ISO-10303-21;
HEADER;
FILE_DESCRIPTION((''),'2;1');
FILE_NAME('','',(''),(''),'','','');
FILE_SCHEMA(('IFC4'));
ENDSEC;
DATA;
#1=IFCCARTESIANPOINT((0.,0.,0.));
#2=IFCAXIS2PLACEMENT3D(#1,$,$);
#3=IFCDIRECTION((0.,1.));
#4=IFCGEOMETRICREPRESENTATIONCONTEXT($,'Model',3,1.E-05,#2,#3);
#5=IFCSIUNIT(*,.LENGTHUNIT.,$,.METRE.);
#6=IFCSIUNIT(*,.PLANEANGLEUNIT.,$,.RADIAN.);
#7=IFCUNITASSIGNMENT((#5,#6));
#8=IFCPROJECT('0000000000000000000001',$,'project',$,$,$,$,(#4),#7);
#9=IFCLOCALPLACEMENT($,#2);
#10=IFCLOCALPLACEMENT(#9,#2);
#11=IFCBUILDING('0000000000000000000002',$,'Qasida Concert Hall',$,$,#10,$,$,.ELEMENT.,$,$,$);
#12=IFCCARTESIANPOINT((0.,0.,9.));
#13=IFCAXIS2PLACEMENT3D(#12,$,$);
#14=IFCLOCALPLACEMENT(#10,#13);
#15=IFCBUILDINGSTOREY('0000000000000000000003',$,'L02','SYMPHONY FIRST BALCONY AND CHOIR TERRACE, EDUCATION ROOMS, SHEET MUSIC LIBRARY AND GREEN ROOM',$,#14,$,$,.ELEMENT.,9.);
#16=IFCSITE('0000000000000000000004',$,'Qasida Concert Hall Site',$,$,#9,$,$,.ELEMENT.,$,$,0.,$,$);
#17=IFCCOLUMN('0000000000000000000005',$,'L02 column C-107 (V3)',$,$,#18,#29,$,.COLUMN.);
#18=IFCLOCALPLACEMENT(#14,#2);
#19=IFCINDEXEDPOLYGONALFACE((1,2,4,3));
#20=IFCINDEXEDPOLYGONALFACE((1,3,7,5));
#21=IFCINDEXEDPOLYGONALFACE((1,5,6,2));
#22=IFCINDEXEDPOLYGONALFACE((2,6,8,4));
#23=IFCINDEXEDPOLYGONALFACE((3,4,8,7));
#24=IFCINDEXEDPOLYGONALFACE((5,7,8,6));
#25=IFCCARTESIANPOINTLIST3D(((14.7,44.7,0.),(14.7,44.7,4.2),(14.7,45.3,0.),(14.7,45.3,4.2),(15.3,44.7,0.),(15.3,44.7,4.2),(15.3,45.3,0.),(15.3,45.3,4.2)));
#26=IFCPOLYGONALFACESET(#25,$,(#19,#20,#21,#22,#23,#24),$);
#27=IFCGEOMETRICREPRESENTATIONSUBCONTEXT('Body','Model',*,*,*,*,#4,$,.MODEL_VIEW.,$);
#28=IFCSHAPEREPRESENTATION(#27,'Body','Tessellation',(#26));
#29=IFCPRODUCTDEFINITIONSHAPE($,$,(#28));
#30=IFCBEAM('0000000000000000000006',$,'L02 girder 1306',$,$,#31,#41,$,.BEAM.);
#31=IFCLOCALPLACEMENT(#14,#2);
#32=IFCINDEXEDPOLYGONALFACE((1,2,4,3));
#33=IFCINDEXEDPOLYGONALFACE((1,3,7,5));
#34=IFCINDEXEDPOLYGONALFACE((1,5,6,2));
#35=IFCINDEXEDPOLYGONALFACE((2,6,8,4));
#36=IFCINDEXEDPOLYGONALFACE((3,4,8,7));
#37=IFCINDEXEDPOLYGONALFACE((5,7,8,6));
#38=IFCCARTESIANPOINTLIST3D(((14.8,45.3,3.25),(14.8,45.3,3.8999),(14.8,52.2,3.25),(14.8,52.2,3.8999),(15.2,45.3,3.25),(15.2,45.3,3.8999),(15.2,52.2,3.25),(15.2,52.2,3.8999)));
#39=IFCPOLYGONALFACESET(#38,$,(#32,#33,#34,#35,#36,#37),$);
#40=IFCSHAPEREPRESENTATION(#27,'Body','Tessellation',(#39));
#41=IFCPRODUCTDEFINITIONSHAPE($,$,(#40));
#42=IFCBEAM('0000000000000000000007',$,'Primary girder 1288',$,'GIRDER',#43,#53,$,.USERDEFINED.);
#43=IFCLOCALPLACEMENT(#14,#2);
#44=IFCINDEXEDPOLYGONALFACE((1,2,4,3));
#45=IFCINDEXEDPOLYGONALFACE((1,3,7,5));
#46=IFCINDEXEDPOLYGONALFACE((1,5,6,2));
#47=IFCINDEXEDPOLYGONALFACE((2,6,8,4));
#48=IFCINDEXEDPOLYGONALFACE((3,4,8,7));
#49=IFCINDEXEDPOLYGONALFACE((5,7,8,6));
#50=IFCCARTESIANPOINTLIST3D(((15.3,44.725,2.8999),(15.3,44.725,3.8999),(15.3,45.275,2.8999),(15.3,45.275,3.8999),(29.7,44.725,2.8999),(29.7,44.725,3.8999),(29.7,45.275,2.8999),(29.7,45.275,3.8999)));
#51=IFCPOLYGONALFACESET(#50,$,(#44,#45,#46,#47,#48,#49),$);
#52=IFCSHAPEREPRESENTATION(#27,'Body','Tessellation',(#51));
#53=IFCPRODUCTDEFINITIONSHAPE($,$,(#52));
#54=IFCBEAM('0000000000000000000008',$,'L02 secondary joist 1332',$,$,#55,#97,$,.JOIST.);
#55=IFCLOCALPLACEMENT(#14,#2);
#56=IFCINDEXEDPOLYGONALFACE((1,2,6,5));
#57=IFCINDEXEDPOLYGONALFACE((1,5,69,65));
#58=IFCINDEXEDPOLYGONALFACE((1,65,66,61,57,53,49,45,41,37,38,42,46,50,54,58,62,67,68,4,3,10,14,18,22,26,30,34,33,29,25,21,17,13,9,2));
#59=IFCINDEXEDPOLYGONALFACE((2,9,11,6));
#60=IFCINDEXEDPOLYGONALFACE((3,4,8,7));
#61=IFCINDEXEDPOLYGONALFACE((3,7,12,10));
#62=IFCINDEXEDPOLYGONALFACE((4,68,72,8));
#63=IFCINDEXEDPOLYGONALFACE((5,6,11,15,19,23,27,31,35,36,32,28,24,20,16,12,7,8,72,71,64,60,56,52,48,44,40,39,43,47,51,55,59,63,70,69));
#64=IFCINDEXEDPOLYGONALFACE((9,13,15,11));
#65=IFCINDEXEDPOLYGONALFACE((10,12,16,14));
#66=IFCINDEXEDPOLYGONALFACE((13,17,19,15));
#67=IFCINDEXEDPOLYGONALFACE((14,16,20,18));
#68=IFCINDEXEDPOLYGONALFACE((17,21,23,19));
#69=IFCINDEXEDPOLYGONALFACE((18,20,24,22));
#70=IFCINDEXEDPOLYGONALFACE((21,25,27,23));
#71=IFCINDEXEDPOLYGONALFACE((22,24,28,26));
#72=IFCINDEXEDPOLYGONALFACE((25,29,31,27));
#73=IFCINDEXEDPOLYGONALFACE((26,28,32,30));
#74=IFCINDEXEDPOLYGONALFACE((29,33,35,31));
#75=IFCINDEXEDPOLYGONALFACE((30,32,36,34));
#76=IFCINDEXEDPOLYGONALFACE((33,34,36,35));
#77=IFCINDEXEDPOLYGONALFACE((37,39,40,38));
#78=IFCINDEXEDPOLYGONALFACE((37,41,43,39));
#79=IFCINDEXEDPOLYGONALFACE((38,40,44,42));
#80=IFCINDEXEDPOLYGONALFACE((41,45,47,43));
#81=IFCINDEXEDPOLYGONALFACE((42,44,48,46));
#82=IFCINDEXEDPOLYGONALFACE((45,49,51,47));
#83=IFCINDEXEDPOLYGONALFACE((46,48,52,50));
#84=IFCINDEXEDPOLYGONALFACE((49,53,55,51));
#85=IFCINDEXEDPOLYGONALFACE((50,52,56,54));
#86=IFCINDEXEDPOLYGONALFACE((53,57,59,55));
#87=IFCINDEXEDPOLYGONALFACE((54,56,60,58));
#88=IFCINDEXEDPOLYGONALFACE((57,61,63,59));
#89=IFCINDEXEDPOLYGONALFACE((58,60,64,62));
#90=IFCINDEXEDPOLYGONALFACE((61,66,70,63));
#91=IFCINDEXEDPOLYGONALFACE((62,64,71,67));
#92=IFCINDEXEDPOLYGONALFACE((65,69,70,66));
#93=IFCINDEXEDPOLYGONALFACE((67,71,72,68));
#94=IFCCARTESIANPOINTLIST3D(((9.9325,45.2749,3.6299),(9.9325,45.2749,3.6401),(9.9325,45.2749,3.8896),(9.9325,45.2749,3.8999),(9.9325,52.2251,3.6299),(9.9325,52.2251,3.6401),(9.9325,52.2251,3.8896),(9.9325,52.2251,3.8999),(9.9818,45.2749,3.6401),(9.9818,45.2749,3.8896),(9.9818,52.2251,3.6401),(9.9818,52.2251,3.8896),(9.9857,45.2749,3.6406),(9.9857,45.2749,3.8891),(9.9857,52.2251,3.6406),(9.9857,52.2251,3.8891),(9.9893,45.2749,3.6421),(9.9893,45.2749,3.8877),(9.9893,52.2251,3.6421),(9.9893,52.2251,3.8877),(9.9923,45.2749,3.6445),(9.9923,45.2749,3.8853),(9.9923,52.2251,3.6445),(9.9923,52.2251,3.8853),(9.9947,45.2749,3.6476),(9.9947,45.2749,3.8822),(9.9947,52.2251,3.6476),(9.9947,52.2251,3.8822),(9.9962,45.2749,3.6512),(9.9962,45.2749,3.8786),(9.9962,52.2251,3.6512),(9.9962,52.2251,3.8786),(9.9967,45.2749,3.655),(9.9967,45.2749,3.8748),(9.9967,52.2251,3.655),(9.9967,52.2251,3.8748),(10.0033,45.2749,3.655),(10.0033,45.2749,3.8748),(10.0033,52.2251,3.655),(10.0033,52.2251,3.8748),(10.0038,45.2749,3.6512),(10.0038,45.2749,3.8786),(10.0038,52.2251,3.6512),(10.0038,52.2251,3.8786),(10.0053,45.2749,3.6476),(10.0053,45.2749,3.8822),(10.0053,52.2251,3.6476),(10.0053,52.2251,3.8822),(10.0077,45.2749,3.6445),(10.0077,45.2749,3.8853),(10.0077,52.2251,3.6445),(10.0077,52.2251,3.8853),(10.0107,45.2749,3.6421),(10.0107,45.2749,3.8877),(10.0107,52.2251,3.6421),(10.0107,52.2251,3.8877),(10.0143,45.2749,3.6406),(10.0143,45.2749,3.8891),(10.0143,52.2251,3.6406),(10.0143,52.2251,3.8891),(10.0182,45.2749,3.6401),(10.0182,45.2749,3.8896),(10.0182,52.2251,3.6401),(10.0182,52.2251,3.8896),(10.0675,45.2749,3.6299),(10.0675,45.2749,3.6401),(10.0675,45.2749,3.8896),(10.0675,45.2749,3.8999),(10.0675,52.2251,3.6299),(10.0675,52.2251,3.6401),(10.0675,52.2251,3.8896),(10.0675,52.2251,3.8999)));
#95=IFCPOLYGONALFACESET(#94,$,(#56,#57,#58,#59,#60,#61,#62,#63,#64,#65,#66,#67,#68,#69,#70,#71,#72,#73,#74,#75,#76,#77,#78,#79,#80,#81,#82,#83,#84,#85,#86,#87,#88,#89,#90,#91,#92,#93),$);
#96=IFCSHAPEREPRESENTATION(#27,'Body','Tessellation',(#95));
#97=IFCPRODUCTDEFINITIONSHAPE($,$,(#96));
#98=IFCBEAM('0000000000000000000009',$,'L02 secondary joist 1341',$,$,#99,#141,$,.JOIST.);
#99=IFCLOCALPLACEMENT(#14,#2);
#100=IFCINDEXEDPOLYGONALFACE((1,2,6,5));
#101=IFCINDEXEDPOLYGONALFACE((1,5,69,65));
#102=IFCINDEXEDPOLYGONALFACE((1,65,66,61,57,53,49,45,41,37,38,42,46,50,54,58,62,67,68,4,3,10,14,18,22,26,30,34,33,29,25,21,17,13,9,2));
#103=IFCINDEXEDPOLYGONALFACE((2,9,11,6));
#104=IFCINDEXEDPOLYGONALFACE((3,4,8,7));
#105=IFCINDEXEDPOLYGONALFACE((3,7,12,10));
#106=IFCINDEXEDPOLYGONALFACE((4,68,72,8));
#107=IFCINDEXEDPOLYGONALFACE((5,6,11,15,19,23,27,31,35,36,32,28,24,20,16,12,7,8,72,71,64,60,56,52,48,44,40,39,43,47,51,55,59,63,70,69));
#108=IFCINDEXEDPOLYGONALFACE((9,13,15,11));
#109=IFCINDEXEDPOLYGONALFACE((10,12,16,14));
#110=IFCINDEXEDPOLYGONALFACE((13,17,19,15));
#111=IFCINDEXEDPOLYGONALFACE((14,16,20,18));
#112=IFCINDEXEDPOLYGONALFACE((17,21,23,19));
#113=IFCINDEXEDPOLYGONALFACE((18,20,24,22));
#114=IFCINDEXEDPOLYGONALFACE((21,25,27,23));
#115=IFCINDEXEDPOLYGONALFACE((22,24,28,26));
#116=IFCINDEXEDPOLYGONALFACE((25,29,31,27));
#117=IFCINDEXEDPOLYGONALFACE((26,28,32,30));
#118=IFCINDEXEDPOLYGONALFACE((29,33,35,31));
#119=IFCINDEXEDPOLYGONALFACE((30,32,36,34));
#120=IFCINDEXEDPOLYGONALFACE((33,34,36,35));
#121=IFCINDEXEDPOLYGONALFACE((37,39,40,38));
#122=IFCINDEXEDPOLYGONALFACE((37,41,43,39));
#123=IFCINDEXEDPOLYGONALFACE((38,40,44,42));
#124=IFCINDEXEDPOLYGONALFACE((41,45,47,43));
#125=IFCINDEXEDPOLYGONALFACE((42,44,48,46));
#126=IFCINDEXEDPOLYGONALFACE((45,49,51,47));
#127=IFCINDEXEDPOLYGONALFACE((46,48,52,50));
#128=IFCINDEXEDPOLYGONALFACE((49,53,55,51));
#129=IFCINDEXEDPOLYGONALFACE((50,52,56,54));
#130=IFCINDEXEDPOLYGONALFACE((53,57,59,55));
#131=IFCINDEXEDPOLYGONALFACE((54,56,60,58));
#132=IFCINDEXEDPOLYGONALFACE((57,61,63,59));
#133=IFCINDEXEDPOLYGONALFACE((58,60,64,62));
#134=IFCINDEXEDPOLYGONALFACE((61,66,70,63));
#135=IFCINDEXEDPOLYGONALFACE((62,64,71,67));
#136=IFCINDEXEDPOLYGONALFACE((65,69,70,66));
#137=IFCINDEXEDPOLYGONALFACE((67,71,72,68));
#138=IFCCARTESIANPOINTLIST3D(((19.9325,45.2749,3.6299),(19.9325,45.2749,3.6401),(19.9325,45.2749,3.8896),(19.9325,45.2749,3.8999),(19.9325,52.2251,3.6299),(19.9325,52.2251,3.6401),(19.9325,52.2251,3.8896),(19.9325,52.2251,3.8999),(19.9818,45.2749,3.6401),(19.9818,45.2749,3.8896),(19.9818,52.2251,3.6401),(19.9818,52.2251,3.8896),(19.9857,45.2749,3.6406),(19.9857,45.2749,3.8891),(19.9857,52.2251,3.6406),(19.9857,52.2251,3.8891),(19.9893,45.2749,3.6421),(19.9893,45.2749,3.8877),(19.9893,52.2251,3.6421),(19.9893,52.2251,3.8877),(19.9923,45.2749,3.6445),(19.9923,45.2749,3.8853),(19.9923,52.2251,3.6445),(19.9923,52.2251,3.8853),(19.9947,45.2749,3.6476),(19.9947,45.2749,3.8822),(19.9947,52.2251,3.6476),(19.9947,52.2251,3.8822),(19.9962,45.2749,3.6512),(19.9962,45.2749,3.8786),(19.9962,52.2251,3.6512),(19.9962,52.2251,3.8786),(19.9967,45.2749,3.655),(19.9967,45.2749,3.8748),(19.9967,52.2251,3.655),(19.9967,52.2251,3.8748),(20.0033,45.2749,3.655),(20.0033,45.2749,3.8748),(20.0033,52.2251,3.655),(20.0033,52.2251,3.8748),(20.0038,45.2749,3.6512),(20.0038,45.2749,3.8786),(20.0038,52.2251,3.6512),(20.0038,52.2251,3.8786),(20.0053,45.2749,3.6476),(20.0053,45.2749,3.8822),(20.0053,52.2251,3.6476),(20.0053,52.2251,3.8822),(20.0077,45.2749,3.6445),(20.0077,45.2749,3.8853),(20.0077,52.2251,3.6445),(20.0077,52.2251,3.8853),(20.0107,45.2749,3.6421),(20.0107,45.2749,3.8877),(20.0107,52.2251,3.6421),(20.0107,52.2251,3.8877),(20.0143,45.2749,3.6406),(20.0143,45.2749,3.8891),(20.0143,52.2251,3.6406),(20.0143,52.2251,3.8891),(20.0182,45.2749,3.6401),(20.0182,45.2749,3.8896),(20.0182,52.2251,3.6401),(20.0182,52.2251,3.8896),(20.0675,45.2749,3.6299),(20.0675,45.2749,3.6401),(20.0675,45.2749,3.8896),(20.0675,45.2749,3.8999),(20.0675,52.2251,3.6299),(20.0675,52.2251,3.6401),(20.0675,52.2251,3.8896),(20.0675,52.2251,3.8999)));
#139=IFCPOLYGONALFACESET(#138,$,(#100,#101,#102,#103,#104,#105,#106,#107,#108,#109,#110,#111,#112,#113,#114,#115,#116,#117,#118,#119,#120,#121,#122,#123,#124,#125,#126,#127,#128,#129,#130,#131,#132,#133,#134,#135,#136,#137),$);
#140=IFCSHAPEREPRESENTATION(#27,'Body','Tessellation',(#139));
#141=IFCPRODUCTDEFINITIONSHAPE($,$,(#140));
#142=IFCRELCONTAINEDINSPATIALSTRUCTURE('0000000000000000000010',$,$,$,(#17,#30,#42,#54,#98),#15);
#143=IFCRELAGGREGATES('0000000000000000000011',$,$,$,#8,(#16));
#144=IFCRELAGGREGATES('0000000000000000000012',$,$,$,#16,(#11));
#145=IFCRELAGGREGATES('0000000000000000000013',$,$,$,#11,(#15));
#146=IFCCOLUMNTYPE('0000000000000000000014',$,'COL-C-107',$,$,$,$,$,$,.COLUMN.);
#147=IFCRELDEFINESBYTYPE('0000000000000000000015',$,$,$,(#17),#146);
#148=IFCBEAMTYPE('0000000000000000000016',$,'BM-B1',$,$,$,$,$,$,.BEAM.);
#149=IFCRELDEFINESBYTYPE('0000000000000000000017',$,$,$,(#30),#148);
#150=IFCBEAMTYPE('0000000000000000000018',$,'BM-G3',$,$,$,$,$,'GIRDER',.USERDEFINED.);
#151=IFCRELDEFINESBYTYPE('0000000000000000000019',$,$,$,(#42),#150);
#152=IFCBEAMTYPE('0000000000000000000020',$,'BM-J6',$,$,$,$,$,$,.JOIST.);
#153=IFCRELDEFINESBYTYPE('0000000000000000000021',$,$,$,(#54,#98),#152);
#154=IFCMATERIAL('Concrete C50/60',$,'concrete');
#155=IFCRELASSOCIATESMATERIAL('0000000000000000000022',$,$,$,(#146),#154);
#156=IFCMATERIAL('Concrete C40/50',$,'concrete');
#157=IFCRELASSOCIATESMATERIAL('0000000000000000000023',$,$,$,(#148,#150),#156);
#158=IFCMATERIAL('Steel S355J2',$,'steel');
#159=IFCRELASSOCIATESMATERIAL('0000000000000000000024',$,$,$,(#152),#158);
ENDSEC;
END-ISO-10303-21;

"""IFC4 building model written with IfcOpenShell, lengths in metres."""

from ifc_helpers import new_model, si_unit, direction, frame, origin, origin_2d, place, context, subcontext, project, spatial, rectangle, i_section, extrude, material, material_profile, profile_set, type_object, element, save


model = new_model("IFC4")

# Units and contexts
model_context = context("Model", 3, precision=1e-05, world=origin(), true_north=direction((0.0, 1.0)))
body_context = subcontext(model_context, "Body", "Model", "MODEL_VIEW")
ifc_project = project(units=[si_unit("LENGTHUNIT", "METRE"), si_unit("PLANEANGLEUNIT", "RADIAN")], contexts=[model_context])

# Site, building, storey
site_placement = place(None, origin())
site = spatial("IfcSite", under=ifc_project, at=site_placement, Name="Qasida Concert Hall Site", CompositionType="ELEMENT", RefElevation=0.0)
building_placement = place(site_placement, origin())
building = spatial("IfcBuilding", under=site, at=building_placement, Name="Qasida Concert Hall", CompositionType="ELEMENT")
storey_placement = place(building_placement, frame((0.0, 0.0, 9.0)))
storey = spatial("IfcBuildingStorey", under=building, at=storey_placement, Name="L02", Description="SYMPHONY FIRST BALCONY AND CHOIR TERRACE, EDUCATION ROOMS, SHEET MUSIC LIBRARY AND GREEN ROOM", CompositionType="ELEMENT", Elevation=9.0)

# Column
ifc_material_1 = material(Name="Concrete C50/60", Category="concrete")
ifc_material_profile_1 = material_profile(ifc_material_1, rectangle(XDim=0.6001, YDim=0.6001, at=origin_2d()), Name="RC 600x600")
ifc_profile_set_1 = profile_set([ifc_material_profile_1], Name="Concrete C50/60")
column_type = type_object("IfcColumnType", Name="COL-C-107", PredefinedType="COLUMN", material=ifc_profile_set_1)
column_placement = place(storey_placement, frame((15.0, 45.0, 0.0), z_axis=(0.0, 0.0, 1.0), x_axis=(1.0, 0.0, 0.0)))
element("IfcColumn", 1, at=column_placement, inside=storey, type_object=column_type, Name="L02 column C-107 (V3)", PredefinedType="COLUMN", context=body_context, shape_type="SweptSolid", body=[
    extrude(rectangle(XDim=0.6001, YDim=0.6001, at=origin_2d()), origin(), (0.0, 0.0, 1.0), 4.2),
])

# Beams
ifc_material_2 = material(Name="Concrete C40/50", Category="concrete")
ifc_material_profile_2 = material_profile(ifc_material_2, rectangle(XDim=0.3999, YDim=0.6499, at=origin_2d()), Name="RC 400x650")
ifc_profile_set_2 = profile_set([ifc_material_profile_2], Name="Concrete C40/50")
beam_type_1 = type_object("IfcBeamType", Name="BM-B1", PredefinedType="BEAM", material=ifc_profile_set_2)
beam_1_placement = place(storey_placement, frame((15.0, 45.3, 3.575), z_axis=(0.0, 1.0, 0.0), x_axis=(-1.0, 0.0, 0.0)))
element("IfcBeam", 2, at=beam_1_placement, inside=storey, type_object=beam_type_1, Name="L02 girder 1306", PredefinedType="BEAM", context=body_context, shape_type="SweptSolid", body=[
    extrude(rectangle(XDim=0.3999, YDim=0.6499, at=origin_2d()), origin(), (0.0, 0.0, 1.0), 6.8999),
])
ifc_material_profile_3 = material_profile(ifc_material_2, rectangle(XDim=0.55, YDim=1.0, at=origin_2d()), Name="RC 550x1000")
ifc_profile_set_3 = profile_set([ifc_material_profile_3], Name="Concrete C40/50")
beam_type_2 = type_object("IfcBeamType", Name="BM-G3", ElementType="GIRDER", PredefinedType="USERDEFINED", material=ifc_profile_set_3)
beam_2_placement = place(storey_placement, frame((15.3, 45.0, 3.3999), z_axis=(1.0, 0.0, 0.0), x_axis=(0.0, 1.0, 0.0)))
element("IfcBeam", 3, at=beam_2_placement, inside=storey, type_object=beam_type_2, Name="Primary girder 1288", ObjectType="GIRDER", PredefinedType="USERDEFINED", context=body_context, shape_type="SweptSolid", body=[
    extrude(rectangle(XDim=0.55, YDim=1.0, at=origin_2d()), origin(), (0.0, 0.0, 1.0), 14.3999),
])
ifc_material_3 = material(Name="Steel S355J2", Category="steel")
ifc_material_profile_4 = material_profile(ifc_material_3, i_section(OverallWidth=0.135, OverallDepth=0.27, WebThickness=0.0066, FlangeThickness=0.0103, FilletRadius=0.0149, at=origin_2d()), Name="IPE 270")
ifc_profile_set_4 = profile_set([ifc_material_profile_4], Name="Steel S355J2")
beam_type_3 = type_object("IfcBeamType", Name="BM-J6", PredefinedType="JOIST", material=ifc_profile_set_4)
for number, where, z_axis, x_axis, name in (
    (4, (10.0, 45.2749, 3.7649), (0.0, 1.0, 0.0), (-1.0, 0.0, 0.0), "L02 secondary joist 1332"),
    (5, (20.0, 45.2749, 3.7649), (0.0, 1.0, 0.0), (-1.0, 0.0, 0.0), "L02 secondary joist 1341"),
):
    element("IfcBeam", number, at=place(storey_placement, frame(where, z_axis=z_axis, x_axis=x_axis)), inside=storey, type_object=beam_type_3, Name=name, PredefinedType="JOIST", context=body_context, shape_type="SweptSolid", body=[
        extrude(i_section(OverallWidth=0.135, OverallDepth=0.27, WebThickness=0.0066, FlangeThickness=0.0103, FilletRadius=0.0149, at=origin_2d()), origin(), (0.0, 0.0, 1.0), 6.9502),
    ])

save(model, "model.ifc")
